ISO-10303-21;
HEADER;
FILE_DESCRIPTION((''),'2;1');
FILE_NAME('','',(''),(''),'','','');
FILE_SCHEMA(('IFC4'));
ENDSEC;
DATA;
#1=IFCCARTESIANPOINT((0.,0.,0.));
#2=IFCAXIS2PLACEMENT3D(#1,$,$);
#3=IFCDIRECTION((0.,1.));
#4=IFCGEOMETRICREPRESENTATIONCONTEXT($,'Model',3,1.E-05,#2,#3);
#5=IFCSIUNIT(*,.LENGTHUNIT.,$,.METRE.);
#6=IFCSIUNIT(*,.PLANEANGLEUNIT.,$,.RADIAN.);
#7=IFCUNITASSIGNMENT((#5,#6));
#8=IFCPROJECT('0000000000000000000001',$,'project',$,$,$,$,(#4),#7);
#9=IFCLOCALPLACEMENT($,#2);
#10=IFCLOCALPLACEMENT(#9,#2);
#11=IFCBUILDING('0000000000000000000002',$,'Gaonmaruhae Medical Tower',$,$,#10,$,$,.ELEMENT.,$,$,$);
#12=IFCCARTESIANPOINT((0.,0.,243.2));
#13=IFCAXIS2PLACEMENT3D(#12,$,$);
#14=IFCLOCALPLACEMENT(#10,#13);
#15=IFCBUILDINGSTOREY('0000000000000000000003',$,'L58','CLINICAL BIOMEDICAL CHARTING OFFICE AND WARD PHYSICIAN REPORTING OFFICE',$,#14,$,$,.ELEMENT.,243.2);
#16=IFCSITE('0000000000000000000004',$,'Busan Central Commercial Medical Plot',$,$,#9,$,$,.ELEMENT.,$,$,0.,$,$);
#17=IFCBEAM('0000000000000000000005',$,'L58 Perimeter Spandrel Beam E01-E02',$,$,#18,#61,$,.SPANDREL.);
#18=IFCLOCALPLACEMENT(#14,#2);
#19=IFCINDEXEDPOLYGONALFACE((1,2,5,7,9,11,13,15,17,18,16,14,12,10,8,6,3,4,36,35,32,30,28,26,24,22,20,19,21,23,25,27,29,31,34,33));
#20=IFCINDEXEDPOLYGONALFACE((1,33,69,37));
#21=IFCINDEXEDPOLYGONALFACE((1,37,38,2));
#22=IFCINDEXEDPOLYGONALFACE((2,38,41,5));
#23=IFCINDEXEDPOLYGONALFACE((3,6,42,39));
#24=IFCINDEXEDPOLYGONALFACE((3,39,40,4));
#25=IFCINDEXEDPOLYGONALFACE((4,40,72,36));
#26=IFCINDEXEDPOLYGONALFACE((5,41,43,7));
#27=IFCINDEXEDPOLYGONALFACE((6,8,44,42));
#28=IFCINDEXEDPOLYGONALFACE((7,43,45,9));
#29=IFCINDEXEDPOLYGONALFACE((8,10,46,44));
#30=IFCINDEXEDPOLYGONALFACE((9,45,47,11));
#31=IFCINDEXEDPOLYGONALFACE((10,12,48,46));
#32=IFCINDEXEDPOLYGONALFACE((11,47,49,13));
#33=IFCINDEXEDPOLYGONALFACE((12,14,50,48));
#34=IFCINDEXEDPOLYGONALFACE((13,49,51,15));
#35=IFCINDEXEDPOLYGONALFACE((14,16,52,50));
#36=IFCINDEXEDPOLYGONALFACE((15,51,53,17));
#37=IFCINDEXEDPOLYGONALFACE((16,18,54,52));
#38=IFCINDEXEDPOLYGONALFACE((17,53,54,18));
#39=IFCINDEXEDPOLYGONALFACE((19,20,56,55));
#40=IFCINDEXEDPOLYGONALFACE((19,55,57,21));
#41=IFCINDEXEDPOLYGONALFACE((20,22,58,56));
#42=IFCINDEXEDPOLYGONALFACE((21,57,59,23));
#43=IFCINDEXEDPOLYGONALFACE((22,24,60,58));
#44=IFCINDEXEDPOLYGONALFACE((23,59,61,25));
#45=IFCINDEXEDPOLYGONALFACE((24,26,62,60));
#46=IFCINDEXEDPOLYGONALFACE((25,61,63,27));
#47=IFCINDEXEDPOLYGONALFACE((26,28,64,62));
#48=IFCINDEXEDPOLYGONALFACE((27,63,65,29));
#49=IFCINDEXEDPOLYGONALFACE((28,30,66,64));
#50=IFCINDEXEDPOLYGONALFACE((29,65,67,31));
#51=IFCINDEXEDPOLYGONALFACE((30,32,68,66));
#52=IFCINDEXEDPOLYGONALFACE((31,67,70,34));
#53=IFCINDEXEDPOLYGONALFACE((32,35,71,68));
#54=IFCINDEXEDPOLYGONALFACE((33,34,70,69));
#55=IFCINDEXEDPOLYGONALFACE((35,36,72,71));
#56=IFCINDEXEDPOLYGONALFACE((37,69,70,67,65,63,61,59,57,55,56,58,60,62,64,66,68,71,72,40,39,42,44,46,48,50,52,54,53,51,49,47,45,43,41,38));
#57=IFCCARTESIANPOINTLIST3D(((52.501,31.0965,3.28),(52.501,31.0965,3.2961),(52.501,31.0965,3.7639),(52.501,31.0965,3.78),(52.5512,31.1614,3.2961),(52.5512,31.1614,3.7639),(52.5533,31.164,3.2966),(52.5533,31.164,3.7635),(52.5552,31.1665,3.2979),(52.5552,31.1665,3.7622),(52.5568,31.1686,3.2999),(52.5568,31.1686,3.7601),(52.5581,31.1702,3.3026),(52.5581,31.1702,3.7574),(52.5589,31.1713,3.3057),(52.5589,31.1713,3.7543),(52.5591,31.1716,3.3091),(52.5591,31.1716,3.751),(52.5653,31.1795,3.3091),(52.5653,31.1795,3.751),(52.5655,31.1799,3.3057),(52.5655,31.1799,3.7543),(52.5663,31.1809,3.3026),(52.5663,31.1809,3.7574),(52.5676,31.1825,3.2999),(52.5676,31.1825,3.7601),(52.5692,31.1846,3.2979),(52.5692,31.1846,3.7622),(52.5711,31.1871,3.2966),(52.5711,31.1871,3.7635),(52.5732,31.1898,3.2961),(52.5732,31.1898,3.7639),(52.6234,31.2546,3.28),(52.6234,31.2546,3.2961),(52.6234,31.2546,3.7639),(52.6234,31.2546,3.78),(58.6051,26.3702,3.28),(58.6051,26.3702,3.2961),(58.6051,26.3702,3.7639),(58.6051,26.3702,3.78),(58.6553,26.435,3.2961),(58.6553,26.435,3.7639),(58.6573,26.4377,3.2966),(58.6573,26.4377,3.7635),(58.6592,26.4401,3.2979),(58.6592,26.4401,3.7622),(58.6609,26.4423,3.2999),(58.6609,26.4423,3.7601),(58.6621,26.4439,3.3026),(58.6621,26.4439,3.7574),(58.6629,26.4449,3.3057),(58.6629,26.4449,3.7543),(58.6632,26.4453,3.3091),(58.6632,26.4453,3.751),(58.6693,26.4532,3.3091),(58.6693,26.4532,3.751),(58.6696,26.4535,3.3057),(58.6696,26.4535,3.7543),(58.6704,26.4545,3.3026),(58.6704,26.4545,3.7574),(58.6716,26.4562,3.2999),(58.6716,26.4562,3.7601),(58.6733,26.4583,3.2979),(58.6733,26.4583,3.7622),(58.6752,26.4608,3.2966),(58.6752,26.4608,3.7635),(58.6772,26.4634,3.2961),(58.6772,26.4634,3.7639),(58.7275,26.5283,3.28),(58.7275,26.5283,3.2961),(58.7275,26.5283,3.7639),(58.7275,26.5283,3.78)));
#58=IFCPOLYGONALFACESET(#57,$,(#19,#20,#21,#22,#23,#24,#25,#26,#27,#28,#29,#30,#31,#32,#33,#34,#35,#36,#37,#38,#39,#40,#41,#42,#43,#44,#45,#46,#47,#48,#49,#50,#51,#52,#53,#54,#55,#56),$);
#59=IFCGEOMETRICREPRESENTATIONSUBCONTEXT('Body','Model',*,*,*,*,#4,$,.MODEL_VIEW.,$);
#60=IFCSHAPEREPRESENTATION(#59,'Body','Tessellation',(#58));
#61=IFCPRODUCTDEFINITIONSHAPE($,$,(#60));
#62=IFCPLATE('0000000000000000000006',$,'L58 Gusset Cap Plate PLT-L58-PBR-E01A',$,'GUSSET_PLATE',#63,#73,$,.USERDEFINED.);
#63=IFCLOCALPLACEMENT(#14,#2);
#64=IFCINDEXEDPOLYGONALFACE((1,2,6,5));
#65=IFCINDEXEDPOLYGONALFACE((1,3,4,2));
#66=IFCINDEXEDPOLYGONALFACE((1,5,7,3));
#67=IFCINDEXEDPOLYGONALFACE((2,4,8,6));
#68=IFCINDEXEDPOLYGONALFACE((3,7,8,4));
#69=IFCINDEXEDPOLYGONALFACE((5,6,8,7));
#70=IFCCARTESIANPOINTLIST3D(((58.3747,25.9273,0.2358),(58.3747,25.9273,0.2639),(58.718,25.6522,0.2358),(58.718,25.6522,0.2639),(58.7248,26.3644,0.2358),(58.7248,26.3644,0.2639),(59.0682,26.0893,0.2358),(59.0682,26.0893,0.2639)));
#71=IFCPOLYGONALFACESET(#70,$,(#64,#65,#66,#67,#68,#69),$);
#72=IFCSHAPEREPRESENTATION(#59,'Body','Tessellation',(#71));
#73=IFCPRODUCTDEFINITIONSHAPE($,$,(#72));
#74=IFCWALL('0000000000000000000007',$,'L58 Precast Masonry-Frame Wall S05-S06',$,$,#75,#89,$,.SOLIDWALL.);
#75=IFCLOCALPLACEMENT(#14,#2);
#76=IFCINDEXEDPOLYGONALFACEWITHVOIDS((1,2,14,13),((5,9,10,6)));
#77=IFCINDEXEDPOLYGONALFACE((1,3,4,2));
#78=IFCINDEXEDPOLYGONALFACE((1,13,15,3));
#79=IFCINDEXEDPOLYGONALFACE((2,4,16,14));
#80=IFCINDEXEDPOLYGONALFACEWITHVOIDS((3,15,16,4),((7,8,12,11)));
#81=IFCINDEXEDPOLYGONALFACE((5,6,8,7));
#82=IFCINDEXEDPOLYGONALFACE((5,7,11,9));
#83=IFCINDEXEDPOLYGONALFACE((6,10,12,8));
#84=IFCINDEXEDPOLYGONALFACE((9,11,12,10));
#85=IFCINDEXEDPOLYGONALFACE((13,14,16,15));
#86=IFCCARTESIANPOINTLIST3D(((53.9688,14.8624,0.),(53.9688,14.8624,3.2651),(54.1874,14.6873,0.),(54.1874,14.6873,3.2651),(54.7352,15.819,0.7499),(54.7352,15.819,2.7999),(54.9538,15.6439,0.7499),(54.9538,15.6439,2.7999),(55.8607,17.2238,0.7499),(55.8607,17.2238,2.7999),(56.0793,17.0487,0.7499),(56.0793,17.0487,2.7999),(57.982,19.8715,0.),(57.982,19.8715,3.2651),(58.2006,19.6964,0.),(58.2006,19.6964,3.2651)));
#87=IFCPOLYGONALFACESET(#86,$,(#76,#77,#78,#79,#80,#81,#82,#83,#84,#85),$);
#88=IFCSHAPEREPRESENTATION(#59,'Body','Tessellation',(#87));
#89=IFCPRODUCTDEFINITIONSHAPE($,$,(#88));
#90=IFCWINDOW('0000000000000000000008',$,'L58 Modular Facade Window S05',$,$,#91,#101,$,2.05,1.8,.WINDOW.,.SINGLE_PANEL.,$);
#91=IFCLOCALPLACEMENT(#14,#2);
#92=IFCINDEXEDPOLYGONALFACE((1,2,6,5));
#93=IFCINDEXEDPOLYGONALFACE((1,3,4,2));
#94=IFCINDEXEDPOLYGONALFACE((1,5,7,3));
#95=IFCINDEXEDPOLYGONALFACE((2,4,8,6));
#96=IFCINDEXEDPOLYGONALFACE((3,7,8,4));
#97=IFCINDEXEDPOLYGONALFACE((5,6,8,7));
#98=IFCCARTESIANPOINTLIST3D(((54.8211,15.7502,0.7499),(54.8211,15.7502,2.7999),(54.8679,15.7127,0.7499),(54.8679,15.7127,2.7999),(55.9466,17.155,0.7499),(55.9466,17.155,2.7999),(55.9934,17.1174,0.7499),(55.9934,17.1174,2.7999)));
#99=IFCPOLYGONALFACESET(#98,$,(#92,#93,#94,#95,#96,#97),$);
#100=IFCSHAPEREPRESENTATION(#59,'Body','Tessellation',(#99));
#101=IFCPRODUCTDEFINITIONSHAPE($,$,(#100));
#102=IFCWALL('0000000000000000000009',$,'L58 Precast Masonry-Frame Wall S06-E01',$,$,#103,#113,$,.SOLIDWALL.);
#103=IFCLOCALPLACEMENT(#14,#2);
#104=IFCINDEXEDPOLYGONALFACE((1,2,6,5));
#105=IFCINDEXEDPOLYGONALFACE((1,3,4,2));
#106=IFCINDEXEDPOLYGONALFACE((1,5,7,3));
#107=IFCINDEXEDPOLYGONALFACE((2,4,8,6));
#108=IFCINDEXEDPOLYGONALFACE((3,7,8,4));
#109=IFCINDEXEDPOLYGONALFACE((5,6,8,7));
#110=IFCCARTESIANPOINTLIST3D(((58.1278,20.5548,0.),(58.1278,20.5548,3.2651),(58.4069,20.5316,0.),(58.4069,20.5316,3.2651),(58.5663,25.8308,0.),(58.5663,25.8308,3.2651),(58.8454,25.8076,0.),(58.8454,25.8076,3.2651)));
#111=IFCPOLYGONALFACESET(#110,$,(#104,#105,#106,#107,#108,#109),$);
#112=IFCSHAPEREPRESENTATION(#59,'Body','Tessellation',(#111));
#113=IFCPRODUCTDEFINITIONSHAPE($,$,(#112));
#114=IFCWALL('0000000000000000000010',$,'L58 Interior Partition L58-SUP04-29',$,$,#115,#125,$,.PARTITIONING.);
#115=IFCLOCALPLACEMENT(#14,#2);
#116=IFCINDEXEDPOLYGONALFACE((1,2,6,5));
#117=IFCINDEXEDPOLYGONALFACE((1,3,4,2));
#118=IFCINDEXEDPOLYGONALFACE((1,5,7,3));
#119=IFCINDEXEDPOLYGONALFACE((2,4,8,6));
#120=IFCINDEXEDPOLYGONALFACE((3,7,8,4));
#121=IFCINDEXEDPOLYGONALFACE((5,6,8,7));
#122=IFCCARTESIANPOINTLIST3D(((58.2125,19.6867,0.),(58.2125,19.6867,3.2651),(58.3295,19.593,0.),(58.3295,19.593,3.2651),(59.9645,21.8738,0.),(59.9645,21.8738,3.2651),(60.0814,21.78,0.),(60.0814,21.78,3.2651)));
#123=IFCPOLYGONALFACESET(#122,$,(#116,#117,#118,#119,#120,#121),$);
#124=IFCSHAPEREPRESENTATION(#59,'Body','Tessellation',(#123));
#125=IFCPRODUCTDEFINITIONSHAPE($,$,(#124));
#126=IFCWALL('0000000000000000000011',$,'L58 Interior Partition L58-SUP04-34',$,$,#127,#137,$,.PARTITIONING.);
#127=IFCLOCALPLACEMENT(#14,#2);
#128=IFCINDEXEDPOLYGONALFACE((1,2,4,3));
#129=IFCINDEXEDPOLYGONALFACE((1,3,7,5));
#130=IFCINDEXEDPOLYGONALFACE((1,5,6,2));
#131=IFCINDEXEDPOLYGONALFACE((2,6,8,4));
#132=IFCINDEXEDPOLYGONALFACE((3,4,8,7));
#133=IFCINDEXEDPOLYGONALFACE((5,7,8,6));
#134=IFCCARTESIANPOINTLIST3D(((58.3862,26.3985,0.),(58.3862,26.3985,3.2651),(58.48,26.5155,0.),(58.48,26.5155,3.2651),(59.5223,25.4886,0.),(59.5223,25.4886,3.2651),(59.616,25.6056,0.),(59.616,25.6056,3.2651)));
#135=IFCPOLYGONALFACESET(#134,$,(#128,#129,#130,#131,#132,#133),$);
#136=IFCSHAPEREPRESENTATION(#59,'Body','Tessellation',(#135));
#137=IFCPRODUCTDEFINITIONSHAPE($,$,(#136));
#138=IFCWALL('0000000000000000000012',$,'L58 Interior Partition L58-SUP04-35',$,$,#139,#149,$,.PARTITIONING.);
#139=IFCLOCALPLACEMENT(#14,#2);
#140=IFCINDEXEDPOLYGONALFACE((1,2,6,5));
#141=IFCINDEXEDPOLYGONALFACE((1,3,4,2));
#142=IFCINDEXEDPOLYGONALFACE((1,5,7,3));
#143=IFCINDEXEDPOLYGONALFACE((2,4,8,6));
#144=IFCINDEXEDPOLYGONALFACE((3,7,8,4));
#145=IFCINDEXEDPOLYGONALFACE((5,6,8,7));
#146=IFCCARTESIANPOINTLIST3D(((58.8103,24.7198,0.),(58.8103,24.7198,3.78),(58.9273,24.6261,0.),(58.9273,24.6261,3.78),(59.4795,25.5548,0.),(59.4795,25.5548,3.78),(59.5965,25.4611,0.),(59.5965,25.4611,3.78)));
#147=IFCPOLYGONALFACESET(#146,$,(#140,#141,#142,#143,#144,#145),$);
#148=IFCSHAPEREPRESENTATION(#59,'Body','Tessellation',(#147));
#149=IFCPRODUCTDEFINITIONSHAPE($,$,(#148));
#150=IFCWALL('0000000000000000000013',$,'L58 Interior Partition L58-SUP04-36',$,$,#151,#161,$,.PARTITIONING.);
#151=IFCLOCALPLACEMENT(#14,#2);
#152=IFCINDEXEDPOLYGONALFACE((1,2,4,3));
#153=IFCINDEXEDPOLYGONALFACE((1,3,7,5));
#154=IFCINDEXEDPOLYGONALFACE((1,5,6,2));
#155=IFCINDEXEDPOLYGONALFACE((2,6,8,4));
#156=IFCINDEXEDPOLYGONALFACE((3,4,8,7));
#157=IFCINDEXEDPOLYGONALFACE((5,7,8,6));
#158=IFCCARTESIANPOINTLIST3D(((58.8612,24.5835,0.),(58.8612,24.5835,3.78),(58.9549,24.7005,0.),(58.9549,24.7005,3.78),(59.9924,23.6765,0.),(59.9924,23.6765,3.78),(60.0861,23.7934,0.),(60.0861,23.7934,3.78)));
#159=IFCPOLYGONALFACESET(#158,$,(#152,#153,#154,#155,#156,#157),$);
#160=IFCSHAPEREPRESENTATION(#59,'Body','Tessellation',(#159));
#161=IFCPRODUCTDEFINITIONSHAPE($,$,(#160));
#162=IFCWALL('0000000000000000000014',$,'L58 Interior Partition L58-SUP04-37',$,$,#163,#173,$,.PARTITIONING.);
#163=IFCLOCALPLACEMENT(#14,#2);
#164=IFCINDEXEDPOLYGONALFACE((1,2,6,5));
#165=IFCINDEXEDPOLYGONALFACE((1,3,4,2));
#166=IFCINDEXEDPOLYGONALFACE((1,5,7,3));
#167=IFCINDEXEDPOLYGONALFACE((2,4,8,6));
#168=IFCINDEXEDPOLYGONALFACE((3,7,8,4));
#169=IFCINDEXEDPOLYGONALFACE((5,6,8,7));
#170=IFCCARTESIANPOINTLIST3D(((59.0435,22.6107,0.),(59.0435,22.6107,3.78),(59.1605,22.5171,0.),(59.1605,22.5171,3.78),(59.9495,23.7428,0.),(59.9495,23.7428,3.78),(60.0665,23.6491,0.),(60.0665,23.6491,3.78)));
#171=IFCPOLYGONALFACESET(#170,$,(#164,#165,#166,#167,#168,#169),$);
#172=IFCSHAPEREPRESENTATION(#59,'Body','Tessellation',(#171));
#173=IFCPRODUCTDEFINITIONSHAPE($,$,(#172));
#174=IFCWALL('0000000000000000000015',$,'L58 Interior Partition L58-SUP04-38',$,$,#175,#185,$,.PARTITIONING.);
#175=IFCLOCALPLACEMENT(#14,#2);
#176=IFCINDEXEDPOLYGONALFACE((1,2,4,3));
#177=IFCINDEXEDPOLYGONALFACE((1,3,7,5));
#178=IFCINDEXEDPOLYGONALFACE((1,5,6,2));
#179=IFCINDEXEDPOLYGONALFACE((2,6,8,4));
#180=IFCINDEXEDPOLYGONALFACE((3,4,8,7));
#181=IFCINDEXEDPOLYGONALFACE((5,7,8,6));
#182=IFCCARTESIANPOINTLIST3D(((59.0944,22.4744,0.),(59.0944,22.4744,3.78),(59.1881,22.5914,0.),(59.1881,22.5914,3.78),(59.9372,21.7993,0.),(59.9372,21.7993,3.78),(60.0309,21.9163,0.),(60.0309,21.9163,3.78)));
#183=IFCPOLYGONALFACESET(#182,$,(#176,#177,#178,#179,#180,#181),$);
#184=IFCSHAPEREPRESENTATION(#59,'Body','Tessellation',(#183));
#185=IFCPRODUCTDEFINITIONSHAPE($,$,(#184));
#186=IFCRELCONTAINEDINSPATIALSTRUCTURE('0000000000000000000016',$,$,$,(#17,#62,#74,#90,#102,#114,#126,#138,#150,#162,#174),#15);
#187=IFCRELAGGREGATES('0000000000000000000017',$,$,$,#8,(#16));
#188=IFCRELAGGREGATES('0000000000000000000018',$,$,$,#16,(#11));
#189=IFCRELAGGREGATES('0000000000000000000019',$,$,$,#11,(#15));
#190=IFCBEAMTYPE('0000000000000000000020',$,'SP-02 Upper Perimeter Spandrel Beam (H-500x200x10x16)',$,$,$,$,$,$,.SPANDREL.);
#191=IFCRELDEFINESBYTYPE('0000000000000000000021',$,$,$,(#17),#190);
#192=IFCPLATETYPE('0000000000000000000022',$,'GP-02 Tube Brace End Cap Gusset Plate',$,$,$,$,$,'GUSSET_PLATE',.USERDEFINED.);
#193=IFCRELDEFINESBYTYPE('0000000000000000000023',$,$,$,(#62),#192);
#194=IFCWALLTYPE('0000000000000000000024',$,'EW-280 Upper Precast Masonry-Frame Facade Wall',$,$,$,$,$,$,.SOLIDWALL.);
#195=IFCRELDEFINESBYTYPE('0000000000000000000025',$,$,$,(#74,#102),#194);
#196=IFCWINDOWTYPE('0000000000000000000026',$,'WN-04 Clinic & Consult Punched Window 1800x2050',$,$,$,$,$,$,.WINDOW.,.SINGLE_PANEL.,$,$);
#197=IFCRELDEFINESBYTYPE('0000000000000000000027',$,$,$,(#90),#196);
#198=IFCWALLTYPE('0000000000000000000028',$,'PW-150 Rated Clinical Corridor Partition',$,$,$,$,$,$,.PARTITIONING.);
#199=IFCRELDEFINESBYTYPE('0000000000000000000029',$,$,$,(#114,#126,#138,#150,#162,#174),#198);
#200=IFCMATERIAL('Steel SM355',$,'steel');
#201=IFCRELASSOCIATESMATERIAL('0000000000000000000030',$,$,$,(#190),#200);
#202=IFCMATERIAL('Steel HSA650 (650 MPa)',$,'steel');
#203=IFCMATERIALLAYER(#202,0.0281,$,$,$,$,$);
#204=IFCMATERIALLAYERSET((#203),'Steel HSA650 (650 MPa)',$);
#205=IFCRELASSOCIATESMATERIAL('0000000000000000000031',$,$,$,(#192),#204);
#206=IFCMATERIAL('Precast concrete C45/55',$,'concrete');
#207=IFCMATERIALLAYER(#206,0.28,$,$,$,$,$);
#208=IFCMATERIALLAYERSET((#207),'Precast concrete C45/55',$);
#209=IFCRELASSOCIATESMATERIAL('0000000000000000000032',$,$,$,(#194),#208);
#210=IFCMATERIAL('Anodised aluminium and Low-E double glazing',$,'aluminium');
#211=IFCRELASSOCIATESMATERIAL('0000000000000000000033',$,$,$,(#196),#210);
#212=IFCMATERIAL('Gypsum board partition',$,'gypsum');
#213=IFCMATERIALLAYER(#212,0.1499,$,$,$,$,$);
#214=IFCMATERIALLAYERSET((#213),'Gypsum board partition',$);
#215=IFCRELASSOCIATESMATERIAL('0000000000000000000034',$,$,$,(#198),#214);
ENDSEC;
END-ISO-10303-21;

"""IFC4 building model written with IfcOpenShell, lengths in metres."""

from ifc_helpers import new_model, si_unit, direction, frame, frame_2d, origin, origin_2d, place, context, subcontext, project, spatial, rectangle, i_section, extrude, material, layer, layer_set, material_profile, profile_set, type_object, element, fill, save


model = new_model("IFC4")

# Units and contexts
model_context = context("Model", 3, precision=1e-05, world=origin(), true_north=direction((0.0, 1.0)))
body_context = subcontext(model_context, "Body", "Model", "MODEL_VIEW")
ifc_project = project(units=[si_unit("LENGTHUNIT", "METRE"), si_unit("PLANEANGLEUNIT", "RADIAN")], contexts=[model_context])

# Site, building, storey
site_placement = place(None, origin())
site = spatial("IfcSite", under=ifc_project, at=site_placement, Name="Busan Central Commercial Medical Plot", CompositionType="ELEMENT", RefElevation=0.0)
building_placement = place(site_placement, origin())
building = spatial("IfcBuilding", under=site, at=building_placement, Name="Gaonmaruhae Medical Tower", CompositionType="ELEMENT")
storey_placement = place(building_placement, frame((0.0, 0.0, 243.2)))
storey = spatial("IfcBuildingStorey", under=building, at=storey_placement, Name="L58", Description="CLINICAL BIOMEDICAL CHARTING OFFICE AND WARD PHYSICIAN REPORTING OFFICE", CompositionType="ELEMENT", Elevation=243.2)

# Shared definitions
ifc_material_1 = material(Name="Steel SM355", Category="steel")

# Beam
ifc_material_profile_1 = material_profile(ifc_material_1, i_section(OverallWidth=0.2, OverallDepth=0.5, WebThickness=0.01, FlangeThickness=0.0161, FilletRadius=0.0129, at=origin_2d()), Name="H-500x200x10x16")
ifc_profile_set_1 = profile_set([ifc_material_profile_1], Name="Steel SM355")
beam_type_1 = type_object("IfcBeamType", Name="SP-02 Upper Perimeter Spandrel Beam (H-500x200x10x16)", PredefinedType="SPANDREL", material=ifc_profile_set_1)
beam_1_placement = place(storey_placement, frame((58.6663, 26.4492, 3.53), z_axis=(-0.790684, 0.612225, 0.0), x_axis=(-0.612225, -0.790684, 0.0)))
element("IfcBeam", 1, at=beam_1_placement, inside=storey, type_object=beam_type_1, Name="L58 Perimeter Spandrel Beam E01-E02", PredefinedType="SPANDREL", context=body_context, shape_type="SweptSolid", body=[
    extrude(i_section(OverallWidth=0.2, OverallDepth=0.5, WebThickness=0.01, FlangeThickness=0.0161, FilletRadius=0.0129, at=origin_2d()), origin(), (0.0, 0.0, 1.0), 7.72),
])

# Plate
ifc_material_2 = material(Name="Steel HSA650 (650 MPa)", Category="steel")
ifc_layer_1 = layer(ifc_material_2, 0.0281)
ifc_layer_set_1 = layer_set([ifc_layer_1], Name="Steel HSA650 (650 MPa)")
plate_type = type_object("IfcPlateType", Name="GP-02 Tube Brace End Cap Gusset Plate", ElementType="GUSSET_PLATE", PredefinedType="USERDEFINED", material=ifc_layer_set_1)
plate_placement = place(storey_placement, frame((58.7214, 26.0083, 0.2358), z_axis=(0.0, 0.0, 1.0), x_axis=(0.625243, 0.78043, 0.0)))
element("IfcPlate", 2, at=plate_placement, inside=storey, type_object=plate_type, Name="L58 Gusset Cap Plate PLT-L58-PBR-E01A", ObjectType="GUSSET_PLATE", PredefinedType="USERDEFINED", context=body_context, shape_type="SweptSolid", body=[
    extrude(rectangle(XDim=0.5601, YDim=0.4399, at=origin_2d()), origin(), (0.0, 0.0, 1.0), 0.0281),
])

# Wall, opening, window
ifc_material_3 = material(Name="Precast concrete C45/55", Category="concrete")
ifc_layer_2 = layer(ifc_material_3, 0.28)
ifc_layer_set_2 = layer_set([ifc_layer_2], Name="Precast concrete C45/55")
wall_type_1 = type_object("IfcWallType", Name="EW-280 Upper Precast Masonry-Frame Facade Wall", PredefinedType="SOLIDWALL", material=ifc_layer_set_2)
wall_1_placement = place(storey_placement, frame((58.0913, 19.7839, 0.0), z_axis=(0.0, 0.0, 1.0), x_axis=(-0.625261, -0.780416, 0.0)))
wall_1 = element("IfcWall", 3, at=wall_1_placement, inside=storey, type_object=wall_type_1, Name="L58 Precast Masonry-Frame Wall S05-S06", PredefinedType="SOLIDWALL", context=body_context, shape_type="SweptSolid", body=[
    extrude(rectangle(XDim=6.4185, YDim=0.28, at=frame_2d((3.2092, 0.0))), origin(), (0.0, 0.0, 1.0), 3.2651),
])
opening_placement = place(wall_1_placement, frame((3.3928, 0.0, 0.75)))
opening = element("IfcOpeningElement", 4, at=opening_placement, cuts=wall_1, PredefinedType="OPENING", context=body_context, shape_type="SweptSolid", body=[
    extrude(rectangle(XDim=1.8, YDim=2.05, at=frame_2d((0.8999, 1.0249))), frame((0.0, 0.1499, 0.0), z_axis=(0.0, -1.0, 0.0), x_axis=(1.0, 0.0, 0.0)), (0.0, 0.0, 1.0), 0.3),
])
ifc_material_4 = material(Name="Anodised aluminium and Low-E double glazing", Category="aluminium")
window_type = type_object("IfcWindowType", Name="WN-04 Clinic & Consult Punched Window 1800x2050", PartitioningType="SINGLE_PANEL", PredefinedType="WINDOW", material=ifc_material_4)
window_placement = place(opening_placement, origin())
window = element("IfcWindow", 5, at=window_placement, inside=storey, type_object=window_type, Name="L58 Modular Facade Window S05", OverallHeight=2.05, OverallWidth=1.8, PartitioningType="SINGLE_PANEL", PredefinedType="WINDOW", context=body_context, shape_type="SweptSolid", body=[
    extrude(rectangle(XDim=1.8, YDim=2.05, at=frame_2d((0.8999, 1.0249))), frame((0.0, 0.03, 0.0), z_axis=(0.0, -1.0, 0.0), x_axis=(1.0, 0.0, 0.0)), (0.0, 0.0, 1.0), 0.0601),
])
fill(opening, window)

# Walls
wall_2_placement = place(storey_placement, frame((58.7058, 25.8191, 0.0), z_axis=(0.0, 0.0, 1.0), x_axis=(-0.082824, -0.996564, 0.0)))
element("IfcWall", 6, at=wall_2_placement, inside=storey, type_object=wall_type_1, Name="L58 Precast Masonry-Frame Wall S06-E01", PredefinedType="SOLIDWALL", context=body_context, shape_type="SweptSolid", body=[
    extrude(rectangle(XDim=5.2942, YDim=0.28, at=frame_2d((2.647, 0.0))), origin(), (0.0, 0.0, 1.0), 3.2651),
])
ifc_material_5 = material(Name="Gypsum board partition", Category="gypsum")
ifc_layer_3 = layer(ifc_material_5, 0.1499)
ifc_layer_set_3 = layer_set([ifc_layer_3], Name="Gypsum board partition")
wall_type_2 = type_object("IfcWallType", Name="PW-150 Rated Clinical Corridor Partition", PredefinedType="PARTITIONING", material=ifc_layer_set_3)
wall_3_placement = place(storey_placement, frame((60.0229, 21.8269, 0.0), z_axis=(0.0, 0.0, 1.0), x_axis=(-0.625205, -0.780461, 0.0)))
element("IfcWall", 7, at=wall_3_placement, inside=storey, type_object=wall_type_2, Name="L58 Interior Partition L58-SUP04-29", PredefinedType="PARTITIONING", context=body_context, shape_type="SweptSolid", body=[
    extrude(rectangle(XDim=2.8022, YDim=0.1499, at=frame_2d((1.4011, 0.0))), origin(), (0.0, 0.0, 1.0), 3.2651),
])
wall_4_placement = place(storey_placement, frame((58.4331, 26.457, 0.0), z_axis=(0.0, 0.0, 1.0), x_axis=(0.780492, -0.625165, 0.0)))
element("IfcWall", 8, at=wall_4_placement, inside=storey, type_object=wall_type_2, Name="L58 Interior Partition L58-SUP04-34", PredefinedType="PARTITIONING", context=body_context, shape_type="SweptSolid", body=[
    extrude(rectangle(XDim=1.4556, YDim=0.1499, at=frame_2d((0.7278, 0.0))), origin(), (0.0, 0.0, 1.0), 3.2651),
])
wall_5_placement = place(storey_placement, frame((59.5381, 25.5081, 0.0), z_axis=(0.0, 0.0, 1.0), x_axis=(-0.62539, -0.780312, 0.0)))
element("IfcWall", 9, at=wall_5_placement, inside=storey, type_object=wall_type_2, Name="L58 Interior Partition L58-SUP04-35", PredefinedType="PARTITIONING", context=body_context, shape_type="SweptSolid", body=[
    extrude(rectangle(XDim=1.0701, YDim=0.1499, at=frame_2d((0.5352, 0.0))), origin(), (0.0, 0.0, 1.0), 3.78),
])
for number, where, z_axis, x_axis, name in (
    (10, (58.908, 24.6421, 0.0), (0.0, 0.0, 1.0), (0.780162, -0.625578, 0.0), "L58 Interior Partition L58-SUP04-36"),
    (11, (60.0081, 23.696, 0.0), (0.0, 0.0, 1.0), (-0.624839, -0.780754, 0.0), "L58 Interior Partition L58-SUP04-37"),
):
    element("IfcWall", number, at=place(storey_placement, frame(where, z_axis=z_axis, x_axis=x_axis)), inside=storey, type_object=wall_type_2, Name=name, PredefinedType="PARTITIONING", context=body_context, shape_type="SweptSolid", body=[
        extrude(rectangle(XDim=1.45, YDim=0.1499, at=frame_2d((0.7251, 0.0))), origin(), (0.0, 0.0, 1.0), 3.78),
    ])
wall_6_placement = place(storey_placement, frame((59.1411, 22.533, 0.0), z_axis=(0.0, 0.0, 1.0), x_axis=(0.780494, -0.625164, 0.0)))
element("IfcWall", 12, at=wall_6_placement, inside=storey, type_object=wall_type_2, Name="L58 Interior Partition L58-SUP04-38", PredefinedType="PARTITIONING", context=body_context, shape_type="SweptSolid", body=[
    extrude(rectangle(XDim=1.0798, YDim=0.1499, at=frame_2d((0.54, 0.0))), origin(), (0.0, 0.0, 1.0), 3.78),
])

save(model, "model.ifc")
